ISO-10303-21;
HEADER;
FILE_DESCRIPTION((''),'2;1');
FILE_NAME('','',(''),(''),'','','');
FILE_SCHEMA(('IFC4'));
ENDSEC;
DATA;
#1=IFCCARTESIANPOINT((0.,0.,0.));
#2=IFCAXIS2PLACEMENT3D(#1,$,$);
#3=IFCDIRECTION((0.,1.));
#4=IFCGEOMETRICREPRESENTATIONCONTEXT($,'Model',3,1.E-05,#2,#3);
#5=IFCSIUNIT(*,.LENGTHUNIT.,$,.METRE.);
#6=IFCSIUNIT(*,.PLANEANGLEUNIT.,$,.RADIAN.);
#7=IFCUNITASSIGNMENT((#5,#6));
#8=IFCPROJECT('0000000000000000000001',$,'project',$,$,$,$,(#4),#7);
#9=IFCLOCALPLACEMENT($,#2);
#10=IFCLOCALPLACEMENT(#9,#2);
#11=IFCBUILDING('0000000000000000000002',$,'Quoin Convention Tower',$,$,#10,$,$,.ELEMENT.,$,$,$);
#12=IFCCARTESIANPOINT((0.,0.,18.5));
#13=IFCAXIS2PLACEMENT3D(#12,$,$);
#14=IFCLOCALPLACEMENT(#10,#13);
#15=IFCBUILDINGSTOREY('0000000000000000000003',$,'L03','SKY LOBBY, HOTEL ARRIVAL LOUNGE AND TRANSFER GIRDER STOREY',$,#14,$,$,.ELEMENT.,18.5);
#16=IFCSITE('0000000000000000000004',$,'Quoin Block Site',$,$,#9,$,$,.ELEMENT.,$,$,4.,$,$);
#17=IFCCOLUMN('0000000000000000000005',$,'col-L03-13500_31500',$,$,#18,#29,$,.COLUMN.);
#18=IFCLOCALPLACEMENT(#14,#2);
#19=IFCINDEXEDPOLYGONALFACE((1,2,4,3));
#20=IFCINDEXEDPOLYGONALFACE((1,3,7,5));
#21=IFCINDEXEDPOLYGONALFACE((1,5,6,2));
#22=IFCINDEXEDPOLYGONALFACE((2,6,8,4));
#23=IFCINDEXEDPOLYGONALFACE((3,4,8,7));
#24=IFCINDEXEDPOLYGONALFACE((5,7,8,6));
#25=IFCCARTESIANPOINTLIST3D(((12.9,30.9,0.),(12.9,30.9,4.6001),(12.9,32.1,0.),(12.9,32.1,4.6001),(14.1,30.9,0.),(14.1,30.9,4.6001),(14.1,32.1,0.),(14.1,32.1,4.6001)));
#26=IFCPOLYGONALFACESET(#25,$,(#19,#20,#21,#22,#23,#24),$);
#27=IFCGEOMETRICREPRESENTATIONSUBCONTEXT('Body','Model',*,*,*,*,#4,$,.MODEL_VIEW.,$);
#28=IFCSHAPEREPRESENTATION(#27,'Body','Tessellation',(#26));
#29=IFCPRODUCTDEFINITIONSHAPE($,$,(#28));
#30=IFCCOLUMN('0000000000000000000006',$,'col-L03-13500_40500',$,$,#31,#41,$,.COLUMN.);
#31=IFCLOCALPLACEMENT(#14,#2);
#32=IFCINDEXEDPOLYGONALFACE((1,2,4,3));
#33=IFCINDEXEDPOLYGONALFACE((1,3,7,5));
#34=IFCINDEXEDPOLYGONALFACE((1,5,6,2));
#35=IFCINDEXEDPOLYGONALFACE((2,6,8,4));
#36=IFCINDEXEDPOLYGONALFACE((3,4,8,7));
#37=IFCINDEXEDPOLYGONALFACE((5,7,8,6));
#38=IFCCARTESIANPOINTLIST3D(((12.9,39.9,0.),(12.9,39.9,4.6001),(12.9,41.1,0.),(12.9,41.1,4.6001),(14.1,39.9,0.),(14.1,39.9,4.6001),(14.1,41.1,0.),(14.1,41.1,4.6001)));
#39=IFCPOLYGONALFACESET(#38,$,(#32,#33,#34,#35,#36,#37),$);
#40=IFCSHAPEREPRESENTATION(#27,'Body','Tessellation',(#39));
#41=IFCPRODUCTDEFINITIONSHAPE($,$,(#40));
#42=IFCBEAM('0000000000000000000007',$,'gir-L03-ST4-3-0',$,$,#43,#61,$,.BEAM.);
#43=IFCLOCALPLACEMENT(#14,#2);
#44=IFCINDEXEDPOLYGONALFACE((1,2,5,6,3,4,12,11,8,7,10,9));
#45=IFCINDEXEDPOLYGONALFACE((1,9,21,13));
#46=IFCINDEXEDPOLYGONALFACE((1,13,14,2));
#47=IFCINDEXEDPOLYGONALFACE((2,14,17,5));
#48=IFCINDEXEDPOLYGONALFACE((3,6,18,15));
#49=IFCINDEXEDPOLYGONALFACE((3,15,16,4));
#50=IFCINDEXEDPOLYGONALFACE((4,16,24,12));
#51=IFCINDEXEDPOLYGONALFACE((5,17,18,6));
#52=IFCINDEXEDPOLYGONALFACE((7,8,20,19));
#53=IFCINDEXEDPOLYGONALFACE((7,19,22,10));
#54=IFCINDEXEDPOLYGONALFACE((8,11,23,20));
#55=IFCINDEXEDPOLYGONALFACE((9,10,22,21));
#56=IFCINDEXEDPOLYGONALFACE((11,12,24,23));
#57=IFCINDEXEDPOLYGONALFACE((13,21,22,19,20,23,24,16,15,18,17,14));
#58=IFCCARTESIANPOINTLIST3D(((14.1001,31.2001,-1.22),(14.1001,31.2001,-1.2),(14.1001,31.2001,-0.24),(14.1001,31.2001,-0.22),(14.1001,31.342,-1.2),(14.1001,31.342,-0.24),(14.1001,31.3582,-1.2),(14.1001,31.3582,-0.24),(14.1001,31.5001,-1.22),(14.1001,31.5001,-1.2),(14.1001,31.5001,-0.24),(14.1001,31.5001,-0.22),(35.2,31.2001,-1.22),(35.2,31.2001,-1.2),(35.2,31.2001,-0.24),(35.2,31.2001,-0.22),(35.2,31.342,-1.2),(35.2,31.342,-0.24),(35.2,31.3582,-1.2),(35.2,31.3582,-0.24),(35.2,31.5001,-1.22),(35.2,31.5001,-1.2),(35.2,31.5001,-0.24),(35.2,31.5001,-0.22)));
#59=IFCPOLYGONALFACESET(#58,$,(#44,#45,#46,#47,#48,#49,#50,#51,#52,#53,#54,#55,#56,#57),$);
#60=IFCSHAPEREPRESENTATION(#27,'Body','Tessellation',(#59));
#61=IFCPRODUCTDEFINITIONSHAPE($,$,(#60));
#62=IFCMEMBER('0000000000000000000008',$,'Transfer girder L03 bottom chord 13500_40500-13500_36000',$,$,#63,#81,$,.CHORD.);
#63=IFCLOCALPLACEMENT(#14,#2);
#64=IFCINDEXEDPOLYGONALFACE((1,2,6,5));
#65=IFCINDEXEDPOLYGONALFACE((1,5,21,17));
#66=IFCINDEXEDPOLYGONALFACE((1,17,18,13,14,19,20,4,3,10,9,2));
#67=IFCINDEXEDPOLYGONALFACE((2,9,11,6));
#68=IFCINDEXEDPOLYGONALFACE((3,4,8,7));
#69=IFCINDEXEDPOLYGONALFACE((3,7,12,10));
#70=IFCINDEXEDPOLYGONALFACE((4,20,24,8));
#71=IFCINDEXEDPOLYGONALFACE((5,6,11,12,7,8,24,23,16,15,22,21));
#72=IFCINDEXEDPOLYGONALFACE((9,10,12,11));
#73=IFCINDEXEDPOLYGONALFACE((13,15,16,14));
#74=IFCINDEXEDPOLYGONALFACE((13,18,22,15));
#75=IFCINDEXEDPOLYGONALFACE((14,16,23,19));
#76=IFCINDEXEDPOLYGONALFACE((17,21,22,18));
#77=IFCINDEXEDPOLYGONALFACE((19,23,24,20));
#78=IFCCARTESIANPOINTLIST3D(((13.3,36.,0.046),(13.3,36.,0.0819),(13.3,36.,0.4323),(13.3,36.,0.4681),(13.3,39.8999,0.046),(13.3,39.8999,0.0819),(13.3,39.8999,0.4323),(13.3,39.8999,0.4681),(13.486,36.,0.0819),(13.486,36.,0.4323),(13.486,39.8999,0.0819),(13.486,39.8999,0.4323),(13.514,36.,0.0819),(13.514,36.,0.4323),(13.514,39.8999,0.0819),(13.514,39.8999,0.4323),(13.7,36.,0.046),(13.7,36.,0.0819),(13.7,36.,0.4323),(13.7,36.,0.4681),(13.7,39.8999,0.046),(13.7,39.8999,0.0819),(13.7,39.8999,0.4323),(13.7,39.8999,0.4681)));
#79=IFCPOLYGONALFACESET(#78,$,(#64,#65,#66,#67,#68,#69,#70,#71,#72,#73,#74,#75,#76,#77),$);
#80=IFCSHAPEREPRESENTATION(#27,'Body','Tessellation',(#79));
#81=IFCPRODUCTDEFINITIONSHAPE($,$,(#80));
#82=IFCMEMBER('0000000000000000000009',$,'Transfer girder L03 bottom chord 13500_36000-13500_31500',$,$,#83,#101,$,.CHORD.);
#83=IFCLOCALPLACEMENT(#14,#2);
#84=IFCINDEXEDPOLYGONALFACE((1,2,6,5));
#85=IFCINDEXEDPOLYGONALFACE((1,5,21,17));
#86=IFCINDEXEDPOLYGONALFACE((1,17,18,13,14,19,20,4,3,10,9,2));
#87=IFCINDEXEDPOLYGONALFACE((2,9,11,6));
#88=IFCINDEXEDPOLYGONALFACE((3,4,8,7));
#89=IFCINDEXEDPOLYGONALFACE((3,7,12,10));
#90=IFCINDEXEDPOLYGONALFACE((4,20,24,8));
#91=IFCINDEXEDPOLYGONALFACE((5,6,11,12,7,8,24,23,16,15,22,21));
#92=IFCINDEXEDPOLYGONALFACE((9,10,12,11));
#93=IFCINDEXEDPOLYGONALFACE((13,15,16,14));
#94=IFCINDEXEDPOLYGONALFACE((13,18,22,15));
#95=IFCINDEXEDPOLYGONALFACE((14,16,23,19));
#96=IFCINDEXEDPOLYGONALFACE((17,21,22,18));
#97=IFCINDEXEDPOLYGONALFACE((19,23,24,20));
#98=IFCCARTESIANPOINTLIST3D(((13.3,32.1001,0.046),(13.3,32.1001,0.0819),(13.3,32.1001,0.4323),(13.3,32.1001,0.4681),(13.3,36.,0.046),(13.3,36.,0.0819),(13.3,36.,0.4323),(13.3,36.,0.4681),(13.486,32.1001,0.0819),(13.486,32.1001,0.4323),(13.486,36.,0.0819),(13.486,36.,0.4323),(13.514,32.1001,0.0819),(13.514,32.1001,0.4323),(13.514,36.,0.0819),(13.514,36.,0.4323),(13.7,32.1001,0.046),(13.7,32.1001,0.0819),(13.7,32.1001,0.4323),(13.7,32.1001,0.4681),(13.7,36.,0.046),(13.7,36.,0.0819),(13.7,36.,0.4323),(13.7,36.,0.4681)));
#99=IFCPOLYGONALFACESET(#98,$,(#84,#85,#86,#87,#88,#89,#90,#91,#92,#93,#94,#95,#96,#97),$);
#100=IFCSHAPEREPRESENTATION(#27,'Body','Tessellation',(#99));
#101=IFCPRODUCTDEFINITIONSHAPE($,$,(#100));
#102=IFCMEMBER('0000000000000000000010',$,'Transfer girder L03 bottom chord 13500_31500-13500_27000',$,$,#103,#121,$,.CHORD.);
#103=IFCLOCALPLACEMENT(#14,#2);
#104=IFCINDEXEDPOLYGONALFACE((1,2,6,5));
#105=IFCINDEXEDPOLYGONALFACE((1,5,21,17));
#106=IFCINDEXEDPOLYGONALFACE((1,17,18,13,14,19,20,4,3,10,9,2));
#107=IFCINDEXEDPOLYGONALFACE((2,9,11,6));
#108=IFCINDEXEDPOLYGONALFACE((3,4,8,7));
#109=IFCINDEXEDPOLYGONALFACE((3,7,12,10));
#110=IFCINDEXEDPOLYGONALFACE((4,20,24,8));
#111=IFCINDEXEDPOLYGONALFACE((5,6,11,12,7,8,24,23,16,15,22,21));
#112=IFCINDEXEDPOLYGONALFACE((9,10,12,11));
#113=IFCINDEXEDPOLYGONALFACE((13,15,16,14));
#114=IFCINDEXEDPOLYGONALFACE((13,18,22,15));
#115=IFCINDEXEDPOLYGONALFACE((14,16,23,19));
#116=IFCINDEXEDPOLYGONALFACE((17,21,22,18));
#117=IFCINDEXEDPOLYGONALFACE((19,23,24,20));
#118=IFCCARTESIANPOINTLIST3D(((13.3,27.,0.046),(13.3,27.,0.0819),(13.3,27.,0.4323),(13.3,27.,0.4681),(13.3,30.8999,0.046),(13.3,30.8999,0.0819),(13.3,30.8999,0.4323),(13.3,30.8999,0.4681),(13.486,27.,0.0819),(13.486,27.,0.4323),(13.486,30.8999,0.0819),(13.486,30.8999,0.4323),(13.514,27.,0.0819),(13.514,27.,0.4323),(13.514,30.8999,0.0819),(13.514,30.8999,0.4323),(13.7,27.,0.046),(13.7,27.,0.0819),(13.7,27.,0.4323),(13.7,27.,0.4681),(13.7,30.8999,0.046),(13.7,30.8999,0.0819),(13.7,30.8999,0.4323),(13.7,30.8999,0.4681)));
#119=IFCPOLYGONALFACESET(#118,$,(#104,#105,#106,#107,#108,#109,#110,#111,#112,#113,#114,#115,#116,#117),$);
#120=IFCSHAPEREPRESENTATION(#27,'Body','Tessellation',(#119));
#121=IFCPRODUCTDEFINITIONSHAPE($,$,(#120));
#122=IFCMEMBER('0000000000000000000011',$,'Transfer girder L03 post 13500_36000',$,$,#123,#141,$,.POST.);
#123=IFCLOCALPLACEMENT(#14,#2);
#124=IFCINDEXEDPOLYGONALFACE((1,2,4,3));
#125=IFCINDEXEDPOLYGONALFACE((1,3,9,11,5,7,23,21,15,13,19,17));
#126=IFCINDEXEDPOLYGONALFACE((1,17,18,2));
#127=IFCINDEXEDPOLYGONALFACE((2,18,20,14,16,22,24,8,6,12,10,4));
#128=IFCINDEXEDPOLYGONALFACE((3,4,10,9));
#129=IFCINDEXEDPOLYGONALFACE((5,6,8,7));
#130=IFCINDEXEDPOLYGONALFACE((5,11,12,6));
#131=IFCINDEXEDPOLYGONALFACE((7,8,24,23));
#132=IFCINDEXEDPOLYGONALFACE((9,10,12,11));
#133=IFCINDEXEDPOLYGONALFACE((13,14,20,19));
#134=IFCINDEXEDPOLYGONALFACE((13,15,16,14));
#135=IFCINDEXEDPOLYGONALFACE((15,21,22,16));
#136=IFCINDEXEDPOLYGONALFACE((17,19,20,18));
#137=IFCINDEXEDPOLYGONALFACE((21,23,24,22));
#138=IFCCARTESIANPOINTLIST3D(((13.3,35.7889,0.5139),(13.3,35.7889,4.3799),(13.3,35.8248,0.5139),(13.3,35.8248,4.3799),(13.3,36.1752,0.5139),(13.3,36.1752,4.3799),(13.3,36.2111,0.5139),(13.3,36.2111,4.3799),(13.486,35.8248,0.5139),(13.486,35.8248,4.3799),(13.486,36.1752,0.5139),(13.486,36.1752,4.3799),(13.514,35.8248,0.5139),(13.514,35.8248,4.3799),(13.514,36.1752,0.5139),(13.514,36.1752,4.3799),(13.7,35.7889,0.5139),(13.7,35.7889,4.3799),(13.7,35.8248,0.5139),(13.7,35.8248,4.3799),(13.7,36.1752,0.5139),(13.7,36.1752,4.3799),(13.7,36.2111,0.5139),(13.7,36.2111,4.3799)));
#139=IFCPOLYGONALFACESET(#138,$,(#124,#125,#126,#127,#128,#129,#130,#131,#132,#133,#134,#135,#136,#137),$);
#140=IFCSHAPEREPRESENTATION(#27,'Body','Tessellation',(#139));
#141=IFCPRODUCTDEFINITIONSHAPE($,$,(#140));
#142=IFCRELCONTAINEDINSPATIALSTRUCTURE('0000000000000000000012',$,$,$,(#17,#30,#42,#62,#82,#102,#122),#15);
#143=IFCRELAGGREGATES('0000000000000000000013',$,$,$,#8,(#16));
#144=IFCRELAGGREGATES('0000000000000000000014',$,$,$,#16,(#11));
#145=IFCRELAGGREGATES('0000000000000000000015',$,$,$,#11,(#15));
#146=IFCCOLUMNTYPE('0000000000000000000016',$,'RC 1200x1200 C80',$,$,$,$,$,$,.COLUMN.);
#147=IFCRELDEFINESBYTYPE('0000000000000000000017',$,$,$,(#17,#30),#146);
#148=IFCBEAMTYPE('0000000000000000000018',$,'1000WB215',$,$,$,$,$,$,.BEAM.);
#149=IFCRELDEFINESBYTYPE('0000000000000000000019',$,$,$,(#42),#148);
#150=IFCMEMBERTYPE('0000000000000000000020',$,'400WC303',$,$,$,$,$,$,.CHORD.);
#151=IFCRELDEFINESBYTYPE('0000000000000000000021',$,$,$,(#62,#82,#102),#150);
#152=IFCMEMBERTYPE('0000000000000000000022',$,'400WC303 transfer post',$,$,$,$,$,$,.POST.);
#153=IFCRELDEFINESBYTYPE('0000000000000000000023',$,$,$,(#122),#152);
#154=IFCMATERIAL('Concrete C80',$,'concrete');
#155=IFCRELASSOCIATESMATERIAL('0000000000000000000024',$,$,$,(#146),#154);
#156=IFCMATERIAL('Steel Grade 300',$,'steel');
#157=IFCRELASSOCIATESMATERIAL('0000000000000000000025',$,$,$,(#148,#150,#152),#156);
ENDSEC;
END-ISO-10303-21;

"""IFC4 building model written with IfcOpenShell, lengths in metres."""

from ifc_helpers import new_model, si_unit, direction, frame, origin, origin_2d, place, context, subcontext, project, spatial, rectangle, i_section, extrude, material, material_profile, profile_set, type_object, element, save


model = new_model("IFC4")

# Units and contexts
model_context = context("Model", 3, precision=1e-05, world=origin(), true_north=direction((0.0, 1.0)))
body_context = subcontext(model_context, "Body", "Model", "MODEL_VIEW")
ifc_project = project(units=[si_unit("LENGTHUNIT", "METRE"), si_unit("PLANEANGLEUNIT", "RADIAN")], contexts=[model_context])

# Site, building, storey
site_placement = place(None, origin())
site = spatial("IfcSite", under=ifc_project, at=site_placement, Name="Quoin Block Site", CompositionType="ELEMENT", RefElevation=4.0)
building_placement = place(site_placement, origin())
building = spatial("IfcBuilding", under=site, at=building_placement, Name="Quoin Convention Tower", CompositionType="ELEMENT")
storey_placement = place(building_placement, frame((0.0, 0.0, 18.5)))
storey = spatial("IfcBuildingStorey", under=building, at=storey_placement, Name="L03", Description="SKY LOBBY, HOTEL ARRIVAL LOUNGE AND TRANSFER GIRDER STOREY", CompositionType="ELEMENT", Elevation=18.5)

# Columns
ifc_material_1 = material(Name="Concrete C80", Category="concrete")
ifc_material_profile_1 = material_profile(ifc_material_1, rectangle(XDim=1.2, YDim=1.2, at=origin_2d()), Name="RC 1200x1200")
ifc_profile_set_1 = profile_set([ifc_material_profile_1], Name="Concrete C80")
column_type = type_object("IfcColumnType", Name="RC 1200x1200 C80", PredefinedType="COLUMN", material=ifc_profile_set_1)
for number, where, z_axis, x_axis, name in (
    (1, (13.5, 31.5, 0.0), (0.0, 0.0, 1.0), (1.0, 0.0, 0.0), "col-L03-13500_31500"),
    (2, (13.5, 40.5, 0.0), (0.0, 0.0, 1.0), (1.0, 0.0, 0.0), "col-L03-13500_40500"),
):
    element("IfcColumn", number, at=place(storey_placement, frame(where, z_axis=z_axis, x_axis=x_axis)), inside=storey, type_object=column_type, Name=name, PredefinedType="COLUMN", context=body_context, shape_type="SweptSolid", body=[
        extrude(rectangle(XDim=1.2, YDim=1.2, at=origin_2d()), origin(), (0.0, 0.0, 1.0), 4.6001),
    ])

# Beam
ifc_material_2 = material(Name="Steel Grade 300", Category="steel")
ifc_material_profile_2 = material_profile(ifc_material_2, i_section(OverallWidth=0.3, OverallDepth=1.0, WebThickness=0.0161, FlangeThickness=0.02, at=origin_2d()), Name="1000WB215")
ifc_profile_set_2 = profile_set([ifc_material_profile_2], Name="Steel Grade 300")
beam_type_1 = type_object("IfcBeamType", Name="1000WB215", PredefinedType="BEAM", material=ifc_profile_set_2)
beam_1_placement = place(storey_placement, frame((14.1001, 31.3501, -0.72), z_axis=(1.0, 0.0, 0.0), x_axis=(0.0, 1.0, 0.0)))
element("IfcBeam", 3, at=beam_1_placement, inside=storey, type_object=beam_type_1, Name="gir-L03-ST4-3-0", PredefinedType="BEAM", context=body_context, shape_type="SweptSolid", body=[
    extrude(i_section(OverallWidth=0.3, OverallDepth=1.0, WebThickness=0.0161, FlangeThickness=0.02, at=origin_2d()), origin(), (0.0, 0.0, 1.0), 21.0999),
])

# Members
ifc_material_profile_3 = material_profile(ifc_material_2, i_section(OverallWidth=0.3999, OverallDepth=0.4221, WebThickness=0.0281, FlangeThickness=0.0359, at=origin_2d()), Name="400WC303")
ifc_profile_set_3 = profile_set([ifc_material_profile_3], Name="Steel Grade 300")
member_type_1 = type_object("IfcMemberType", Name="400WC303", PredefinedType="CHORD", material=ifc_profile_set_3)
for number, where, z_axis, x_axis, name in (
    (4, (13.5, 39.8999, 0.2571), (0.0, -1.0, 0.0), (1.0, 0.0, 0.0), "Transfer girder L03 bottom chord 13500_40500-13500_36000"),
    (5, (13.5, 36.0, 0.2571), (0.0, -1.0, 0.0), (1.0, 0.0, 0.0), "Transfer girder L03 bottom chord 13500_36000-13500_31500"),
    (6, (13.5, 30.8999, 0.2571), (0.0, -1.0, 0.0), (1.0, 0.0, 0.0), "Transfer girder L03 bottom chord 13500_31500-13500_27000"),
):
    element("IfcMember", number, at=place(storey_placement, frame(where, z_axis=z_axis, x_axis=x_axis)), inside=storey, type_object=member_type_1, Name=name, PredefinedType="CHORD", context=body_context, shape_type="SweptSolid", body=[
        extrude(i_section(OverallWidth=0.3999, OverallDepth=0.4221, WebThickness=0.0281, FlangeThickness=0.0359, at=origin_2d()), origin(), (0.0, 0.0, 1.0), 3.8999),
    ])
ifc_material_profile_4 = material_profile(ifc_material_2, i_section(OverallWidth=0.3999, OverallDepth=0.4221, WebThickness=0.0281, FlangeThickness=0.0359, at=origin_2d()), Name="400WC303")
ifc_profile_set_4 = profile_set([ifc_material_profile_4], Name="Steel Grade 300")
member_type_2 = type_object("IfcMemberType", Name="400WC303 transfer post", PredefinedType="POST", material=ifc_profile_set_4)
member_1_placement = place(storey_placement, frame((13.5, 36.0, 0.5139), z_axis=(0.0, 0.0, 1.0), x_axis=(1.0, 0.0, 0.0)))
element("IfcMember", 7, at=member_1_placement, inside=storey, type_object=member_type_2, Name="Transfer girder L03 post 13500_36000", PredefinedType="POST", context=body_context, shape_type="SweptSolid", body=[
    extrude(i_section(OverallWidth=0.3999, OverallDepth=0.4221, WebThickness=0.0281, FlangeThickness=0.0359, at=origin_2d()), origin(), (0.0, 0.0, 1.0), 3.866),
])

save(model, "model.ifc")
